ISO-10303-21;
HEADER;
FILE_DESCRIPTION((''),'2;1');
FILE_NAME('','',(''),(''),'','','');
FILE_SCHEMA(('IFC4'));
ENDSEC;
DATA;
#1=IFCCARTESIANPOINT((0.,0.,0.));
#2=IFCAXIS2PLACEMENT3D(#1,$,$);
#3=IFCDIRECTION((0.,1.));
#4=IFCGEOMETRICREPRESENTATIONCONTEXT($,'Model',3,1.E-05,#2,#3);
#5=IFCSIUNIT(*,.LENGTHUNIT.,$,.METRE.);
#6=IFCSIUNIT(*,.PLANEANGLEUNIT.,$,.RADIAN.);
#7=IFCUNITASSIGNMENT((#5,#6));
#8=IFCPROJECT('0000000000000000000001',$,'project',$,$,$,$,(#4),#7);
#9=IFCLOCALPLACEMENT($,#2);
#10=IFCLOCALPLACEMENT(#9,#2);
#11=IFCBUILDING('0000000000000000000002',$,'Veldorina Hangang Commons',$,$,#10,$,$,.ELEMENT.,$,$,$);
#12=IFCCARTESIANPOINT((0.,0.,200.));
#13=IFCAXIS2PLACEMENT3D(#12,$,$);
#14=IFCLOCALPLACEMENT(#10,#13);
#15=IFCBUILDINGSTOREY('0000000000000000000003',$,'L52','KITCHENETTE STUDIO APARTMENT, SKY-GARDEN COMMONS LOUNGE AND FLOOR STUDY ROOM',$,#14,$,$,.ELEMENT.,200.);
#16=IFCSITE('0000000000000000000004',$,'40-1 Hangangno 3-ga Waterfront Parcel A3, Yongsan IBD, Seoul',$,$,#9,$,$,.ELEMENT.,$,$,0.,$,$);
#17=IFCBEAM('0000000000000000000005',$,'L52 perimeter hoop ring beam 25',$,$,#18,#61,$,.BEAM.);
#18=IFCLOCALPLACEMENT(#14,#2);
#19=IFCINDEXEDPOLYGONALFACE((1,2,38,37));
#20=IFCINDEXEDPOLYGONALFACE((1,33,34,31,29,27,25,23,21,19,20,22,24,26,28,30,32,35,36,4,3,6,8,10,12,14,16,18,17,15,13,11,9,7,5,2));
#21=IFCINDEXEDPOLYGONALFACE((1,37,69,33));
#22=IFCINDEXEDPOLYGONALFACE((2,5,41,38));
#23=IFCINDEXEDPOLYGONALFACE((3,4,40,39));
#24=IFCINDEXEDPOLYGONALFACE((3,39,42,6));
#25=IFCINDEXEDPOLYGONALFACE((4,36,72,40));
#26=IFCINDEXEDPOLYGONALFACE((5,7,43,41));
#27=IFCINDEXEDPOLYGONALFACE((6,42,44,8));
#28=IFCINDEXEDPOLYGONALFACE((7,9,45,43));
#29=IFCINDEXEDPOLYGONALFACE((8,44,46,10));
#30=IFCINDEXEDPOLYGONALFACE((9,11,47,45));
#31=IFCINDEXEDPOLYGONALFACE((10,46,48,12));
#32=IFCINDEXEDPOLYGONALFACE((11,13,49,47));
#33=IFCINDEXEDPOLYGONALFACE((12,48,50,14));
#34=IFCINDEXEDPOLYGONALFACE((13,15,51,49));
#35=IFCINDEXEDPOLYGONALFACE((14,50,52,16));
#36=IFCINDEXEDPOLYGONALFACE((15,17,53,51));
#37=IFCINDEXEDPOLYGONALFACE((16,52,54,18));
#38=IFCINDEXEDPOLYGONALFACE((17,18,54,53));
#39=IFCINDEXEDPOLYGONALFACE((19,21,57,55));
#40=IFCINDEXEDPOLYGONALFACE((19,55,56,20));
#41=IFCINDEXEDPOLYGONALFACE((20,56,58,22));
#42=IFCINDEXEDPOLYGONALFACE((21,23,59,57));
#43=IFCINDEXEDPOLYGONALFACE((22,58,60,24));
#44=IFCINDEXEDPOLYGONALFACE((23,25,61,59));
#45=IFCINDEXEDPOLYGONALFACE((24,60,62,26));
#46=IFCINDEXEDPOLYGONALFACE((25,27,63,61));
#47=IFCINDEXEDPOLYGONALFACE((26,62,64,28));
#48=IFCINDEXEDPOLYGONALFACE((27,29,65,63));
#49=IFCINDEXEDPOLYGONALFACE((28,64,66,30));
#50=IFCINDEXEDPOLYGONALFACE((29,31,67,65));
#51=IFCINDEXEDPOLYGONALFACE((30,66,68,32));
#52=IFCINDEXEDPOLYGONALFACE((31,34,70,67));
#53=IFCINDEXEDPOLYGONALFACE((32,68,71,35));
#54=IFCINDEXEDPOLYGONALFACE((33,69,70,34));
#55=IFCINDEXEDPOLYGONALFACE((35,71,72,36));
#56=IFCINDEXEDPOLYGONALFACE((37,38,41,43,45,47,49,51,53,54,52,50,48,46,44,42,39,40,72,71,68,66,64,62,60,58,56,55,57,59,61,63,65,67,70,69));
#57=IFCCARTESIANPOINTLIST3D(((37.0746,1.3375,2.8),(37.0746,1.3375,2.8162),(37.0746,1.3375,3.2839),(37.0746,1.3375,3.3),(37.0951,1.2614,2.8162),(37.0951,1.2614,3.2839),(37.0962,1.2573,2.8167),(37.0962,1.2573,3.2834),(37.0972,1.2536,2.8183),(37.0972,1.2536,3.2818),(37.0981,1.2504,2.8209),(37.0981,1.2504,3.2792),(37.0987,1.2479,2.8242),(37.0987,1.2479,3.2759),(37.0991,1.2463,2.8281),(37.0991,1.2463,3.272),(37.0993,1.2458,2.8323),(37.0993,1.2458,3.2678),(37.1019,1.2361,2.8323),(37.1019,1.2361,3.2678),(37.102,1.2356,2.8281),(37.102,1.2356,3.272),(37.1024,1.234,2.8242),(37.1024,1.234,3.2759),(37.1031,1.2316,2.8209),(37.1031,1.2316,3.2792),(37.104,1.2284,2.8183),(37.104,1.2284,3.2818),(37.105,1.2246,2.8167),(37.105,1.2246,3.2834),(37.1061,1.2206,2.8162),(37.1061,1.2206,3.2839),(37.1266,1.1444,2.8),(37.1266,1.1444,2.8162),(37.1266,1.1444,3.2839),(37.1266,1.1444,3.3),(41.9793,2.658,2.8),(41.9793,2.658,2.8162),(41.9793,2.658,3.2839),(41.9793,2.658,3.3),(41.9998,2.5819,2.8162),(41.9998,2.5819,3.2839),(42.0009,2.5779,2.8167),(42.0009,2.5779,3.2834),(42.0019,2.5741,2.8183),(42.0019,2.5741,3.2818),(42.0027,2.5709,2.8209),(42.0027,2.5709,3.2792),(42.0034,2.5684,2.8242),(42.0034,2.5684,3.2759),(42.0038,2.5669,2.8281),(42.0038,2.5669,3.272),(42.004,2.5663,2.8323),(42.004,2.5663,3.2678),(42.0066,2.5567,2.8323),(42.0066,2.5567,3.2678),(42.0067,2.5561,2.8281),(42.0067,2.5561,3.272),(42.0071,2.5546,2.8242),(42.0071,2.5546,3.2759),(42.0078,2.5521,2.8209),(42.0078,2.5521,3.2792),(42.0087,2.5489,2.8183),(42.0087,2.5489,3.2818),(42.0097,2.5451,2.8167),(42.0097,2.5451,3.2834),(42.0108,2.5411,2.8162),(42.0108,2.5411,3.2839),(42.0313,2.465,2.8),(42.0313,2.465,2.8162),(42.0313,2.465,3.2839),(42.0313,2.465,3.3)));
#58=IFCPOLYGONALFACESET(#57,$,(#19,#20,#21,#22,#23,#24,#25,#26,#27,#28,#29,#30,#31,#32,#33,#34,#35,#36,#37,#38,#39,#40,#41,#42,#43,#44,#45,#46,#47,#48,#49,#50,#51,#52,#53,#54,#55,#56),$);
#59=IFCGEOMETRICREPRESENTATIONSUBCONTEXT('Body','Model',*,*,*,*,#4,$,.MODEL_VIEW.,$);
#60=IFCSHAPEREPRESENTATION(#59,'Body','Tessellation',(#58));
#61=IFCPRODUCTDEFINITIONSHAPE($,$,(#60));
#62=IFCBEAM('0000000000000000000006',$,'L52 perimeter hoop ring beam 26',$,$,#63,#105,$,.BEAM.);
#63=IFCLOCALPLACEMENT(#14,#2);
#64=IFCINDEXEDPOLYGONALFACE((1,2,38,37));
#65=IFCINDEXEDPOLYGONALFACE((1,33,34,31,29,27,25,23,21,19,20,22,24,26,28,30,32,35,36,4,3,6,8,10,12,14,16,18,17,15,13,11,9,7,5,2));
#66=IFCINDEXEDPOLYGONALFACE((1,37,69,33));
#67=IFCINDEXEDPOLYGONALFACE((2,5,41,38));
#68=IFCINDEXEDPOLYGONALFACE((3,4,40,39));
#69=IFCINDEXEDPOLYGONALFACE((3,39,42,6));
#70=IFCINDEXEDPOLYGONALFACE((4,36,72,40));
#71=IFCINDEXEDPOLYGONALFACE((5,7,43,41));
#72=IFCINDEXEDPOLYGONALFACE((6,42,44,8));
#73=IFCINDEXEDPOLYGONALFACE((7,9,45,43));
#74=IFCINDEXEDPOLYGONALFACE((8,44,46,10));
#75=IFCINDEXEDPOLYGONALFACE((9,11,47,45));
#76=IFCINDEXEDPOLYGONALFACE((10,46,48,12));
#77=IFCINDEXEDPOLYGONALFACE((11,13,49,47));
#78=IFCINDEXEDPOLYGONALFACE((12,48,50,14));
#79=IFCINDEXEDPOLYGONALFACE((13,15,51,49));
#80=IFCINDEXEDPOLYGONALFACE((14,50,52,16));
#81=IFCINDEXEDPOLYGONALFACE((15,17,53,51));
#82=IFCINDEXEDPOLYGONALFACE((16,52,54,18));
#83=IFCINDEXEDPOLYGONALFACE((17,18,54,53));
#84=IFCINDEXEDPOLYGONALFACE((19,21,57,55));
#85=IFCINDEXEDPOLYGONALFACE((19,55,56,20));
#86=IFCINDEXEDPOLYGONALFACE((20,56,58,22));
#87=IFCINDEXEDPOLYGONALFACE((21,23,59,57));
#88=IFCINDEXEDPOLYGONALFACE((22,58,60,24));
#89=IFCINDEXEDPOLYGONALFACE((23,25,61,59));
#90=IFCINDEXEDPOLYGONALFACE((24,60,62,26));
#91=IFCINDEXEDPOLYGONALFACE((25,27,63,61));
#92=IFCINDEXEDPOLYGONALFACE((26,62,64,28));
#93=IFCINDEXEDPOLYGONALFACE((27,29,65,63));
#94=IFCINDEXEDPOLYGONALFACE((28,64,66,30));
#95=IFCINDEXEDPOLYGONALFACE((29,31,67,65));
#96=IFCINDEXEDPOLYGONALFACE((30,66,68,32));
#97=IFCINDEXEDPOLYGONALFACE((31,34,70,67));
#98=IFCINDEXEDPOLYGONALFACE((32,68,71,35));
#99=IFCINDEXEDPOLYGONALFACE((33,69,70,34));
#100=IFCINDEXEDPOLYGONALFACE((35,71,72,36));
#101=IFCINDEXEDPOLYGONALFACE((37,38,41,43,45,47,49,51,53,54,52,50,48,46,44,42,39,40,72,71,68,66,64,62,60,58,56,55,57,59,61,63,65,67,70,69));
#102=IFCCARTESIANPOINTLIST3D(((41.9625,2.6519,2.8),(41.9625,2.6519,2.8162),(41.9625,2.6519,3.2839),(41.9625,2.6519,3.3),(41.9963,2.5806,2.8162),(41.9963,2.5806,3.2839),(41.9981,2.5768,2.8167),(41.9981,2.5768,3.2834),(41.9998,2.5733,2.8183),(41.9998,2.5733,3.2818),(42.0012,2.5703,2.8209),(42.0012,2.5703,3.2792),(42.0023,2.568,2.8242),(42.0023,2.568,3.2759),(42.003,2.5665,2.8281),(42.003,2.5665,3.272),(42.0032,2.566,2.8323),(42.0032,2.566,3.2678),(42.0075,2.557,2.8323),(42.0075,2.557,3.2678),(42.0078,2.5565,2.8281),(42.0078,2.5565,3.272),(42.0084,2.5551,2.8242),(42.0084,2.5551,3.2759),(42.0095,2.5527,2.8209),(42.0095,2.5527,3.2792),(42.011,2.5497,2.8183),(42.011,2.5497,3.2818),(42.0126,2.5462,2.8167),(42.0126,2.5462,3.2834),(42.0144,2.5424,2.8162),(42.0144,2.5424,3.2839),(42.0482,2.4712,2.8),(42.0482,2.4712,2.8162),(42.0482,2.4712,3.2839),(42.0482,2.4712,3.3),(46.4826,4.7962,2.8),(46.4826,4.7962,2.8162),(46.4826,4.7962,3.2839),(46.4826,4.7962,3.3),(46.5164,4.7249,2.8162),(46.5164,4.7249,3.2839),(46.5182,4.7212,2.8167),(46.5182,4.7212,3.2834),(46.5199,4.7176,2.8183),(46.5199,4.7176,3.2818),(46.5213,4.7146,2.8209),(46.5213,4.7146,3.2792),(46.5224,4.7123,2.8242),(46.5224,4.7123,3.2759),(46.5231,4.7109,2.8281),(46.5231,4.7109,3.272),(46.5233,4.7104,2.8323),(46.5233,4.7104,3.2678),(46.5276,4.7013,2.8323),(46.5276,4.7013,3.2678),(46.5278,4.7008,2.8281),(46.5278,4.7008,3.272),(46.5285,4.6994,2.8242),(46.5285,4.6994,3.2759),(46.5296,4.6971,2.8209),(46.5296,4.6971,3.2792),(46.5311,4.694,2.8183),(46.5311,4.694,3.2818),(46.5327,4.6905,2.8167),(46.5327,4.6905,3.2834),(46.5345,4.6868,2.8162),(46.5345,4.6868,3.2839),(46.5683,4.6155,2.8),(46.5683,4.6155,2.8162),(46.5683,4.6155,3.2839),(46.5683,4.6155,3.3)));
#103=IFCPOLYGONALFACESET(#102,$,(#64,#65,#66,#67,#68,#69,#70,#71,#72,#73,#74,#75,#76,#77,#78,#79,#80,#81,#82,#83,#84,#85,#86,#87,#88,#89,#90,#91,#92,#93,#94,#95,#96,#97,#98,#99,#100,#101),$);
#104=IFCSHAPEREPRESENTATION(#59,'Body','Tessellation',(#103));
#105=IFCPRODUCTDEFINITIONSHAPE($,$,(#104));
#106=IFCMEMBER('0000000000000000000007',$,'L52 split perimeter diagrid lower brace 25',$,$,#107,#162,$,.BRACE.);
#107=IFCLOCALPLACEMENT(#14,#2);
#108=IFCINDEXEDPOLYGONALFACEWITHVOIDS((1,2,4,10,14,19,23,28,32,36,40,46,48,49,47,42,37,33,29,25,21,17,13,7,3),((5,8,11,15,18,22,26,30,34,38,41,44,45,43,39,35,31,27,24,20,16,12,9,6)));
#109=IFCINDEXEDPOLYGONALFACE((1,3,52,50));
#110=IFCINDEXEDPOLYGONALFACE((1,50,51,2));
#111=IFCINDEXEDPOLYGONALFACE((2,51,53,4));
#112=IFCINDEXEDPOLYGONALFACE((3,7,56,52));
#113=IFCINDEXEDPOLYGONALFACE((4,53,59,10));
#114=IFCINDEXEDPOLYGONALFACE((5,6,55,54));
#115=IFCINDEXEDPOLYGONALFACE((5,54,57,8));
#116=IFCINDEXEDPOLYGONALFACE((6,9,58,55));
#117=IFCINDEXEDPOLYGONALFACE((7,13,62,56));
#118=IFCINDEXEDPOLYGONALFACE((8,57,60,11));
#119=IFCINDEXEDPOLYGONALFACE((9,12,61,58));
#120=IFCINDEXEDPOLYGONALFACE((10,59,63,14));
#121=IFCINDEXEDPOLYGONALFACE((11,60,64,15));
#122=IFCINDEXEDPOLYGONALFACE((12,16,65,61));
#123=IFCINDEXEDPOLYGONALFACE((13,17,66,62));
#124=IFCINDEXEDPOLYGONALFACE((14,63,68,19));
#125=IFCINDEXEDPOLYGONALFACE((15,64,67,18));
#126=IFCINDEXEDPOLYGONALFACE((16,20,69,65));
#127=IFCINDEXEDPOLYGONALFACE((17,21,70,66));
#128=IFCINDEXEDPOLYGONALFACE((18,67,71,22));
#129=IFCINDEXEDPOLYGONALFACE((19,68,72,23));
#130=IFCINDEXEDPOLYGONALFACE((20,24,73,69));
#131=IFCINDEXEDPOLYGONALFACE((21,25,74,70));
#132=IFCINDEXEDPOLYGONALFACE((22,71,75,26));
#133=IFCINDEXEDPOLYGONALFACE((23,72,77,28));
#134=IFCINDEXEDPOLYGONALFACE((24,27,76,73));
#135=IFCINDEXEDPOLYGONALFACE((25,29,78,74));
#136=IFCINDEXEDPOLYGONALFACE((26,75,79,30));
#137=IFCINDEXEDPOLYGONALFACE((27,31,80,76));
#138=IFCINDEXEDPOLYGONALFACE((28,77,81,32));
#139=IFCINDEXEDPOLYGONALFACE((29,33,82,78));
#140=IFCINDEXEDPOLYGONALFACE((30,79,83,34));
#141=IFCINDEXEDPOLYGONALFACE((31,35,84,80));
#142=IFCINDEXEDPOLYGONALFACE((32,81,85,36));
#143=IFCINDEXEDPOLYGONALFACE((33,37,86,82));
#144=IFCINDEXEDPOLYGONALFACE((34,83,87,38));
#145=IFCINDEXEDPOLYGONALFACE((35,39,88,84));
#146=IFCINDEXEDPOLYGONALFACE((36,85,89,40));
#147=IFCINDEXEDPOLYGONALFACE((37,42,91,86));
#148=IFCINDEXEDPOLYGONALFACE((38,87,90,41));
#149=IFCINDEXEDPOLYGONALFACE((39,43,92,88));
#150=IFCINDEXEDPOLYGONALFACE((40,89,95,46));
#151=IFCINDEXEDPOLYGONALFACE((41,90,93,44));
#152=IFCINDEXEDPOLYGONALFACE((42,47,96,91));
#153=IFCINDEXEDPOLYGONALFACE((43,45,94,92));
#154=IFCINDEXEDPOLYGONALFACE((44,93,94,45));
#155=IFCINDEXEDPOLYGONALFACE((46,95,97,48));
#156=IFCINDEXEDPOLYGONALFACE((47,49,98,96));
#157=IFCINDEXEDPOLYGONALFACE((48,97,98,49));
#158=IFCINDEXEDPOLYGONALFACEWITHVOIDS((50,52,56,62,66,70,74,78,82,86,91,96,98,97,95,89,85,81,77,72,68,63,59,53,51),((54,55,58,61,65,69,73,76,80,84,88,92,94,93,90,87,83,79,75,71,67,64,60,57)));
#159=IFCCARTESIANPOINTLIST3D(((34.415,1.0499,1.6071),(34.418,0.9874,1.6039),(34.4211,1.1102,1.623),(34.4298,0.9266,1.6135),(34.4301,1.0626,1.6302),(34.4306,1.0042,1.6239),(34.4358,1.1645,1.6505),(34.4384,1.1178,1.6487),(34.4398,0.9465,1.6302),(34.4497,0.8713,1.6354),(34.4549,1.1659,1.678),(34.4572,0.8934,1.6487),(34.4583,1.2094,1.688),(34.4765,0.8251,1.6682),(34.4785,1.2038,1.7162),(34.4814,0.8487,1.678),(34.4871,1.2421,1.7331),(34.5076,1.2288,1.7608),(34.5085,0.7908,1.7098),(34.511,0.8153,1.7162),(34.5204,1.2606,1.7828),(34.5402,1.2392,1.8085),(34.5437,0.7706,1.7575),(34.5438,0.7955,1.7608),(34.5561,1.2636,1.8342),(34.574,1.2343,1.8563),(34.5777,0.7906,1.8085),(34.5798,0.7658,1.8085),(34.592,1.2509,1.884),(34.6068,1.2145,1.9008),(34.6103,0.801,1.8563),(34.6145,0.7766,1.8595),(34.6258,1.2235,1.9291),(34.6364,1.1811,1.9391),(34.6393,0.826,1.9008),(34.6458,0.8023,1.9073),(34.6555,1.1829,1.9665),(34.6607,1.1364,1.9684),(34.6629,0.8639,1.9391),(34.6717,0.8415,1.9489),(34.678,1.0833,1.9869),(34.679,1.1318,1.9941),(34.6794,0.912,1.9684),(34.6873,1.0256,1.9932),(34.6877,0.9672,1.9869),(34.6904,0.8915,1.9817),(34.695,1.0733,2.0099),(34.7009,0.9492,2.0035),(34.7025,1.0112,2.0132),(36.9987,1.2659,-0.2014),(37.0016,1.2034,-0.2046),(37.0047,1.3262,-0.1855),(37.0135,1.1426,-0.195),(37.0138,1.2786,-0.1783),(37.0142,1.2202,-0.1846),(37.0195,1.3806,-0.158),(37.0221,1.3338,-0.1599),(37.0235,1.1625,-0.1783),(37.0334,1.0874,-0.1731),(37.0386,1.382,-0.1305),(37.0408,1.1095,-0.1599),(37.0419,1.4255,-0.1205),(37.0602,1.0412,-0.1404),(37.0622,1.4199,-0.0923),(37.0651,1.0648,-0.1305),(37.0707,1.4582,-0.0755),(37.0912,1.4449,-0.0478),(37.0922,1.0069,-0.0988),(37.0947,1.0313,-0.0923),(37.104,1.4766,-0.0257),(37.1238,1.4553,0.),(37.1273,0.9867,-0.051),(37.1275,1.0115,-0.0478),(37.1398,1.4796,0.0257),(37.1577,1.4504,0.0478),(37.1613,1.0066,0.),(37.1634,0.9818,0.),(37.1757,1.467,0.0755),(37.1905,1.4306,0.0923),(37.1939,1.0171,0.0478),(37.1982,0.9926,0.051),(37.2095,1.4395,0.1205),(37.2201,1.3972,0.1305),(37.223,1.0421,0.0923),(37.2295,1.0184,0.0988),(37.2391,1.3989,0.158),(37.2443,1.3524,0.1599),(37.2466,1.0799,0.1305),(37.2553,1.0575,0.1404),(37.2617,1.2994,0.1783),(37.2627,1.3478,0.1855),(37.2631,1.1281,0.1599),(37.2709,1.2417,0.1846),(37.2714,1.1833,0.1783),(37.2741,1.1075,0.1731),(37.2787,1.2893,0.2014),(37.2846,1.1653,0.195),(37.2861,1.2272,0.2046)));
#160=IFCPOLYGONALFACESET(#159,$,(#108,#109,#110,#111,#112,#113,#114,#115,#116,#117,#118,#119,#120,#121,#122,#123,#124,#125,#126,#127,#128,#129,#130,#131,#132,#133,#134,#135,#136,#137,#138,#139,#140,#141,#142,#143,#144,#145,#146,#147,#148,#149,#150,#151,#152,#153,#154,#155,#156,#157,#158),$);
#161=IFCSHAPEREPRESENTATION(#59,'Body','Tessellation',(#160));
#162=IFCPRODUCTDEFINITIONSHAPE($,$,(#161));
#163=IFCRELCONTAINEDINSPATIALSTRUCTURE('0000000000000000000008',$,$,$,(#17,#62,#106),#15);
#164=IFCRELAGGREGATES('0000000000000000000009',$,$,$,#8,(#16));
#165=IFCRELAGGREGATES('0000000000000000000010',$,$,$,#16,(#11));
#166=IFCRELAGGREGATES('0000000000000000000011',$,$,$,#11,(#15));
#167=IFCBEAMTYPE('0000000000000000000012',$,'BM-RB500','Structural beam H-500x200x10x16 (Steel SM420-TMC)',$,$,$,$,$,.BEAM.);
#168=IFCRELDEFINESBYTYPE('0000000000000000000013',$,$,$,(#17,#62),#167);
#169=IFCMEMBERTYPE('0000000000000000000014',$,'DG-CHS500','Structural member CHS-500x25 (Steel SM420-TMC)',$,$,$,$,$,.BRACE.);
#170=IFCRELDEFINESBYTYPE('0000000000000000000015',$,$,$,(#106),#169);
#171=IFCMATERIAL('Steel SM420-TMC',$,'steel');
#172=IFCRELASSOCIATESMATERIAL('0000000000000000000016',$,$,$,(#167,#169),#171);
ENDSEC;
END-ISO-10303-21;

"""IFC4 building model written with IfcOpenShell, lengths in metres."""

from ifc_helpers import new_model, si_unit, direction, frame, origin, origin_2d, place, context, subcontext, project, spatial, hollow_circle, i_section, extrude, material, material_profile, profile_set, type_object, element, save


model = new_model("IFC4")

# Units and contexts
model_context = context("Model", 3, precision=1e-05, world=origin(), true_north=direction((0.0, 1.0)))
body_context = subcontext(model_context, "Body", "Model", "MODEL_VIEW")
ifc_project = project(units=[si_unit("LENGTHUNIT", "METRE"), si_unit("PLANEANGLEUNIT", "RADIAN")], contexts=[model_context])

# Site, building, storey
site_placement = place(None, origin())
site = spatial("IfcSite", under=ifc_project, at=site_placement, Name="40-1 Hangangno 3-ga Waterfront Parcel A3, Yongsan IBD, Seoul", CompositionType="ELEMENT", RefElevation=0.0)
building_placement = place(site_placement, origin())
building = spatial("IfcBuilding", under=site, at=building_placement, Name="Veldorina Hangang Commons", CompositionType="ELEMENT")
storey_placement = place(building_placement, frame((0.0, 0.0, 200.0)))
storey = spatial("IfcBuildingStorey", under=building, at=storey_placement, Name="L52", Description="KITCHENETTE STUDIO APARTMENT, SKY-GARDEN COMMONS LOUNGE AND FLOOR STUDY ROOM", CompositionType="ELEMENT", Elevation=200.0)

# Beams
ifc_material_1 = material(Name="Steel SM420-TMC", Category="steel")
ifc_material_profile_1 = material_profile(ifc_material_1, i_section(OverallWidth=0.2, OverallDepth=0.5, WebThickness=0.01, FlangeThickness=0.0161, FilletRadius=0.0161, at=origin_2d()), Name="H-500x200x10x16")
ifc_profile_set_1 = profile_set([ifc_material_profile_1], Name="Steel SM420-TMC")
beam_type = type_object("IfcBeamType", Name="BM-RB500", Description="Structural beam H-500x200x10x16 (Steel SM420-TMC)", PredefinedType="BEAM", material=ifc_profile_set_1)
beam_1_placement = place(storey_placement, frame((37.1006, 1.241, 3.05), z_axis=(0.965614, 0.25998, 0.0), x_axis=(-0.25998, 0.965614, 0.0)))
element("IfcBeam", 1, at=beam_1_placement, inside=storey, type_object=beam_type, Name="L52 perimeter hoop ring beam 25", PredefinedType="BEAM", context=body_context, shape_type="SweptSolid", body=[
    extrude(i_section(OverallWidth=0.2, OverallDepth=0.5, WebThickness=0.01, FlangeThickness=0.0161, FilletRadius=0.0161, at=origin_2d()), origin(), (0.0, 0.0, 1.0), 5.0793),
])
beam_2_placement = place(storey_placement, frame((42.0054, 2.5615, 3.05), z_axis=(0.903488, 0.428613, 0.0), x_axis=(-0.428613, 0.903488, 0.0)))
element("IfcBeam", 2, at=beam_2_placement, inside=storey, type_object=beam_type, Name="L52 perimeter hoop ring beam 26", PredefinedType="BEAM", context=body_context, shape_type="SweptSolid", body=[
    extrude(i_section(OverallWidth=0.2, OverallDepth=0.5, WebThickness=0.01, FlangeThickness=0.0161, FilletRadius=0.0161, at=origin_2d()), origin(), (0.0, 0.0, 1.0), 5.0029),
])

# Member
ifc_material_profile_2 = material_profile(ifc_material_1, hollow_circle(Radius=0.25, WallThickness=0.0249, at=origin_2d()), Name="CHS-500x25")
ifc_profile_set_2 = profile_set([ifc_material_profile_2], Name="Steel SM420-TMC")
member_type_1 = type_object("IfcMemberType", Name="DG-CHS500", Description="Structural member CHS-500x25 (Steel SM420-TMC)", PredefinedType="BRACE", material=ifc_profile_set_2)
member_1_placement = place(storey_placement, frame((37.1426, 1.231, 0.0), z_axis=(-0.81732, -0.068348, 0.572116), x_axis=(0.083334, -0.996522, 0.0)))
element("IfcMember", 3, at=member_1_placement, inside=storey, type_object=member_type_1, Name="L52 split perimeter diagrid lower brace 25", PredefinedType="BRACE", context=body_context, shape_type="SweptSolid", body=[
    extrude(hollow_circle(Radius=0.25, WallThickness=0.0249, at=origin_2d()), origin(), (0.0, 0.0, 1.0), 3.1611),
])

save(model, "model.ifc")
